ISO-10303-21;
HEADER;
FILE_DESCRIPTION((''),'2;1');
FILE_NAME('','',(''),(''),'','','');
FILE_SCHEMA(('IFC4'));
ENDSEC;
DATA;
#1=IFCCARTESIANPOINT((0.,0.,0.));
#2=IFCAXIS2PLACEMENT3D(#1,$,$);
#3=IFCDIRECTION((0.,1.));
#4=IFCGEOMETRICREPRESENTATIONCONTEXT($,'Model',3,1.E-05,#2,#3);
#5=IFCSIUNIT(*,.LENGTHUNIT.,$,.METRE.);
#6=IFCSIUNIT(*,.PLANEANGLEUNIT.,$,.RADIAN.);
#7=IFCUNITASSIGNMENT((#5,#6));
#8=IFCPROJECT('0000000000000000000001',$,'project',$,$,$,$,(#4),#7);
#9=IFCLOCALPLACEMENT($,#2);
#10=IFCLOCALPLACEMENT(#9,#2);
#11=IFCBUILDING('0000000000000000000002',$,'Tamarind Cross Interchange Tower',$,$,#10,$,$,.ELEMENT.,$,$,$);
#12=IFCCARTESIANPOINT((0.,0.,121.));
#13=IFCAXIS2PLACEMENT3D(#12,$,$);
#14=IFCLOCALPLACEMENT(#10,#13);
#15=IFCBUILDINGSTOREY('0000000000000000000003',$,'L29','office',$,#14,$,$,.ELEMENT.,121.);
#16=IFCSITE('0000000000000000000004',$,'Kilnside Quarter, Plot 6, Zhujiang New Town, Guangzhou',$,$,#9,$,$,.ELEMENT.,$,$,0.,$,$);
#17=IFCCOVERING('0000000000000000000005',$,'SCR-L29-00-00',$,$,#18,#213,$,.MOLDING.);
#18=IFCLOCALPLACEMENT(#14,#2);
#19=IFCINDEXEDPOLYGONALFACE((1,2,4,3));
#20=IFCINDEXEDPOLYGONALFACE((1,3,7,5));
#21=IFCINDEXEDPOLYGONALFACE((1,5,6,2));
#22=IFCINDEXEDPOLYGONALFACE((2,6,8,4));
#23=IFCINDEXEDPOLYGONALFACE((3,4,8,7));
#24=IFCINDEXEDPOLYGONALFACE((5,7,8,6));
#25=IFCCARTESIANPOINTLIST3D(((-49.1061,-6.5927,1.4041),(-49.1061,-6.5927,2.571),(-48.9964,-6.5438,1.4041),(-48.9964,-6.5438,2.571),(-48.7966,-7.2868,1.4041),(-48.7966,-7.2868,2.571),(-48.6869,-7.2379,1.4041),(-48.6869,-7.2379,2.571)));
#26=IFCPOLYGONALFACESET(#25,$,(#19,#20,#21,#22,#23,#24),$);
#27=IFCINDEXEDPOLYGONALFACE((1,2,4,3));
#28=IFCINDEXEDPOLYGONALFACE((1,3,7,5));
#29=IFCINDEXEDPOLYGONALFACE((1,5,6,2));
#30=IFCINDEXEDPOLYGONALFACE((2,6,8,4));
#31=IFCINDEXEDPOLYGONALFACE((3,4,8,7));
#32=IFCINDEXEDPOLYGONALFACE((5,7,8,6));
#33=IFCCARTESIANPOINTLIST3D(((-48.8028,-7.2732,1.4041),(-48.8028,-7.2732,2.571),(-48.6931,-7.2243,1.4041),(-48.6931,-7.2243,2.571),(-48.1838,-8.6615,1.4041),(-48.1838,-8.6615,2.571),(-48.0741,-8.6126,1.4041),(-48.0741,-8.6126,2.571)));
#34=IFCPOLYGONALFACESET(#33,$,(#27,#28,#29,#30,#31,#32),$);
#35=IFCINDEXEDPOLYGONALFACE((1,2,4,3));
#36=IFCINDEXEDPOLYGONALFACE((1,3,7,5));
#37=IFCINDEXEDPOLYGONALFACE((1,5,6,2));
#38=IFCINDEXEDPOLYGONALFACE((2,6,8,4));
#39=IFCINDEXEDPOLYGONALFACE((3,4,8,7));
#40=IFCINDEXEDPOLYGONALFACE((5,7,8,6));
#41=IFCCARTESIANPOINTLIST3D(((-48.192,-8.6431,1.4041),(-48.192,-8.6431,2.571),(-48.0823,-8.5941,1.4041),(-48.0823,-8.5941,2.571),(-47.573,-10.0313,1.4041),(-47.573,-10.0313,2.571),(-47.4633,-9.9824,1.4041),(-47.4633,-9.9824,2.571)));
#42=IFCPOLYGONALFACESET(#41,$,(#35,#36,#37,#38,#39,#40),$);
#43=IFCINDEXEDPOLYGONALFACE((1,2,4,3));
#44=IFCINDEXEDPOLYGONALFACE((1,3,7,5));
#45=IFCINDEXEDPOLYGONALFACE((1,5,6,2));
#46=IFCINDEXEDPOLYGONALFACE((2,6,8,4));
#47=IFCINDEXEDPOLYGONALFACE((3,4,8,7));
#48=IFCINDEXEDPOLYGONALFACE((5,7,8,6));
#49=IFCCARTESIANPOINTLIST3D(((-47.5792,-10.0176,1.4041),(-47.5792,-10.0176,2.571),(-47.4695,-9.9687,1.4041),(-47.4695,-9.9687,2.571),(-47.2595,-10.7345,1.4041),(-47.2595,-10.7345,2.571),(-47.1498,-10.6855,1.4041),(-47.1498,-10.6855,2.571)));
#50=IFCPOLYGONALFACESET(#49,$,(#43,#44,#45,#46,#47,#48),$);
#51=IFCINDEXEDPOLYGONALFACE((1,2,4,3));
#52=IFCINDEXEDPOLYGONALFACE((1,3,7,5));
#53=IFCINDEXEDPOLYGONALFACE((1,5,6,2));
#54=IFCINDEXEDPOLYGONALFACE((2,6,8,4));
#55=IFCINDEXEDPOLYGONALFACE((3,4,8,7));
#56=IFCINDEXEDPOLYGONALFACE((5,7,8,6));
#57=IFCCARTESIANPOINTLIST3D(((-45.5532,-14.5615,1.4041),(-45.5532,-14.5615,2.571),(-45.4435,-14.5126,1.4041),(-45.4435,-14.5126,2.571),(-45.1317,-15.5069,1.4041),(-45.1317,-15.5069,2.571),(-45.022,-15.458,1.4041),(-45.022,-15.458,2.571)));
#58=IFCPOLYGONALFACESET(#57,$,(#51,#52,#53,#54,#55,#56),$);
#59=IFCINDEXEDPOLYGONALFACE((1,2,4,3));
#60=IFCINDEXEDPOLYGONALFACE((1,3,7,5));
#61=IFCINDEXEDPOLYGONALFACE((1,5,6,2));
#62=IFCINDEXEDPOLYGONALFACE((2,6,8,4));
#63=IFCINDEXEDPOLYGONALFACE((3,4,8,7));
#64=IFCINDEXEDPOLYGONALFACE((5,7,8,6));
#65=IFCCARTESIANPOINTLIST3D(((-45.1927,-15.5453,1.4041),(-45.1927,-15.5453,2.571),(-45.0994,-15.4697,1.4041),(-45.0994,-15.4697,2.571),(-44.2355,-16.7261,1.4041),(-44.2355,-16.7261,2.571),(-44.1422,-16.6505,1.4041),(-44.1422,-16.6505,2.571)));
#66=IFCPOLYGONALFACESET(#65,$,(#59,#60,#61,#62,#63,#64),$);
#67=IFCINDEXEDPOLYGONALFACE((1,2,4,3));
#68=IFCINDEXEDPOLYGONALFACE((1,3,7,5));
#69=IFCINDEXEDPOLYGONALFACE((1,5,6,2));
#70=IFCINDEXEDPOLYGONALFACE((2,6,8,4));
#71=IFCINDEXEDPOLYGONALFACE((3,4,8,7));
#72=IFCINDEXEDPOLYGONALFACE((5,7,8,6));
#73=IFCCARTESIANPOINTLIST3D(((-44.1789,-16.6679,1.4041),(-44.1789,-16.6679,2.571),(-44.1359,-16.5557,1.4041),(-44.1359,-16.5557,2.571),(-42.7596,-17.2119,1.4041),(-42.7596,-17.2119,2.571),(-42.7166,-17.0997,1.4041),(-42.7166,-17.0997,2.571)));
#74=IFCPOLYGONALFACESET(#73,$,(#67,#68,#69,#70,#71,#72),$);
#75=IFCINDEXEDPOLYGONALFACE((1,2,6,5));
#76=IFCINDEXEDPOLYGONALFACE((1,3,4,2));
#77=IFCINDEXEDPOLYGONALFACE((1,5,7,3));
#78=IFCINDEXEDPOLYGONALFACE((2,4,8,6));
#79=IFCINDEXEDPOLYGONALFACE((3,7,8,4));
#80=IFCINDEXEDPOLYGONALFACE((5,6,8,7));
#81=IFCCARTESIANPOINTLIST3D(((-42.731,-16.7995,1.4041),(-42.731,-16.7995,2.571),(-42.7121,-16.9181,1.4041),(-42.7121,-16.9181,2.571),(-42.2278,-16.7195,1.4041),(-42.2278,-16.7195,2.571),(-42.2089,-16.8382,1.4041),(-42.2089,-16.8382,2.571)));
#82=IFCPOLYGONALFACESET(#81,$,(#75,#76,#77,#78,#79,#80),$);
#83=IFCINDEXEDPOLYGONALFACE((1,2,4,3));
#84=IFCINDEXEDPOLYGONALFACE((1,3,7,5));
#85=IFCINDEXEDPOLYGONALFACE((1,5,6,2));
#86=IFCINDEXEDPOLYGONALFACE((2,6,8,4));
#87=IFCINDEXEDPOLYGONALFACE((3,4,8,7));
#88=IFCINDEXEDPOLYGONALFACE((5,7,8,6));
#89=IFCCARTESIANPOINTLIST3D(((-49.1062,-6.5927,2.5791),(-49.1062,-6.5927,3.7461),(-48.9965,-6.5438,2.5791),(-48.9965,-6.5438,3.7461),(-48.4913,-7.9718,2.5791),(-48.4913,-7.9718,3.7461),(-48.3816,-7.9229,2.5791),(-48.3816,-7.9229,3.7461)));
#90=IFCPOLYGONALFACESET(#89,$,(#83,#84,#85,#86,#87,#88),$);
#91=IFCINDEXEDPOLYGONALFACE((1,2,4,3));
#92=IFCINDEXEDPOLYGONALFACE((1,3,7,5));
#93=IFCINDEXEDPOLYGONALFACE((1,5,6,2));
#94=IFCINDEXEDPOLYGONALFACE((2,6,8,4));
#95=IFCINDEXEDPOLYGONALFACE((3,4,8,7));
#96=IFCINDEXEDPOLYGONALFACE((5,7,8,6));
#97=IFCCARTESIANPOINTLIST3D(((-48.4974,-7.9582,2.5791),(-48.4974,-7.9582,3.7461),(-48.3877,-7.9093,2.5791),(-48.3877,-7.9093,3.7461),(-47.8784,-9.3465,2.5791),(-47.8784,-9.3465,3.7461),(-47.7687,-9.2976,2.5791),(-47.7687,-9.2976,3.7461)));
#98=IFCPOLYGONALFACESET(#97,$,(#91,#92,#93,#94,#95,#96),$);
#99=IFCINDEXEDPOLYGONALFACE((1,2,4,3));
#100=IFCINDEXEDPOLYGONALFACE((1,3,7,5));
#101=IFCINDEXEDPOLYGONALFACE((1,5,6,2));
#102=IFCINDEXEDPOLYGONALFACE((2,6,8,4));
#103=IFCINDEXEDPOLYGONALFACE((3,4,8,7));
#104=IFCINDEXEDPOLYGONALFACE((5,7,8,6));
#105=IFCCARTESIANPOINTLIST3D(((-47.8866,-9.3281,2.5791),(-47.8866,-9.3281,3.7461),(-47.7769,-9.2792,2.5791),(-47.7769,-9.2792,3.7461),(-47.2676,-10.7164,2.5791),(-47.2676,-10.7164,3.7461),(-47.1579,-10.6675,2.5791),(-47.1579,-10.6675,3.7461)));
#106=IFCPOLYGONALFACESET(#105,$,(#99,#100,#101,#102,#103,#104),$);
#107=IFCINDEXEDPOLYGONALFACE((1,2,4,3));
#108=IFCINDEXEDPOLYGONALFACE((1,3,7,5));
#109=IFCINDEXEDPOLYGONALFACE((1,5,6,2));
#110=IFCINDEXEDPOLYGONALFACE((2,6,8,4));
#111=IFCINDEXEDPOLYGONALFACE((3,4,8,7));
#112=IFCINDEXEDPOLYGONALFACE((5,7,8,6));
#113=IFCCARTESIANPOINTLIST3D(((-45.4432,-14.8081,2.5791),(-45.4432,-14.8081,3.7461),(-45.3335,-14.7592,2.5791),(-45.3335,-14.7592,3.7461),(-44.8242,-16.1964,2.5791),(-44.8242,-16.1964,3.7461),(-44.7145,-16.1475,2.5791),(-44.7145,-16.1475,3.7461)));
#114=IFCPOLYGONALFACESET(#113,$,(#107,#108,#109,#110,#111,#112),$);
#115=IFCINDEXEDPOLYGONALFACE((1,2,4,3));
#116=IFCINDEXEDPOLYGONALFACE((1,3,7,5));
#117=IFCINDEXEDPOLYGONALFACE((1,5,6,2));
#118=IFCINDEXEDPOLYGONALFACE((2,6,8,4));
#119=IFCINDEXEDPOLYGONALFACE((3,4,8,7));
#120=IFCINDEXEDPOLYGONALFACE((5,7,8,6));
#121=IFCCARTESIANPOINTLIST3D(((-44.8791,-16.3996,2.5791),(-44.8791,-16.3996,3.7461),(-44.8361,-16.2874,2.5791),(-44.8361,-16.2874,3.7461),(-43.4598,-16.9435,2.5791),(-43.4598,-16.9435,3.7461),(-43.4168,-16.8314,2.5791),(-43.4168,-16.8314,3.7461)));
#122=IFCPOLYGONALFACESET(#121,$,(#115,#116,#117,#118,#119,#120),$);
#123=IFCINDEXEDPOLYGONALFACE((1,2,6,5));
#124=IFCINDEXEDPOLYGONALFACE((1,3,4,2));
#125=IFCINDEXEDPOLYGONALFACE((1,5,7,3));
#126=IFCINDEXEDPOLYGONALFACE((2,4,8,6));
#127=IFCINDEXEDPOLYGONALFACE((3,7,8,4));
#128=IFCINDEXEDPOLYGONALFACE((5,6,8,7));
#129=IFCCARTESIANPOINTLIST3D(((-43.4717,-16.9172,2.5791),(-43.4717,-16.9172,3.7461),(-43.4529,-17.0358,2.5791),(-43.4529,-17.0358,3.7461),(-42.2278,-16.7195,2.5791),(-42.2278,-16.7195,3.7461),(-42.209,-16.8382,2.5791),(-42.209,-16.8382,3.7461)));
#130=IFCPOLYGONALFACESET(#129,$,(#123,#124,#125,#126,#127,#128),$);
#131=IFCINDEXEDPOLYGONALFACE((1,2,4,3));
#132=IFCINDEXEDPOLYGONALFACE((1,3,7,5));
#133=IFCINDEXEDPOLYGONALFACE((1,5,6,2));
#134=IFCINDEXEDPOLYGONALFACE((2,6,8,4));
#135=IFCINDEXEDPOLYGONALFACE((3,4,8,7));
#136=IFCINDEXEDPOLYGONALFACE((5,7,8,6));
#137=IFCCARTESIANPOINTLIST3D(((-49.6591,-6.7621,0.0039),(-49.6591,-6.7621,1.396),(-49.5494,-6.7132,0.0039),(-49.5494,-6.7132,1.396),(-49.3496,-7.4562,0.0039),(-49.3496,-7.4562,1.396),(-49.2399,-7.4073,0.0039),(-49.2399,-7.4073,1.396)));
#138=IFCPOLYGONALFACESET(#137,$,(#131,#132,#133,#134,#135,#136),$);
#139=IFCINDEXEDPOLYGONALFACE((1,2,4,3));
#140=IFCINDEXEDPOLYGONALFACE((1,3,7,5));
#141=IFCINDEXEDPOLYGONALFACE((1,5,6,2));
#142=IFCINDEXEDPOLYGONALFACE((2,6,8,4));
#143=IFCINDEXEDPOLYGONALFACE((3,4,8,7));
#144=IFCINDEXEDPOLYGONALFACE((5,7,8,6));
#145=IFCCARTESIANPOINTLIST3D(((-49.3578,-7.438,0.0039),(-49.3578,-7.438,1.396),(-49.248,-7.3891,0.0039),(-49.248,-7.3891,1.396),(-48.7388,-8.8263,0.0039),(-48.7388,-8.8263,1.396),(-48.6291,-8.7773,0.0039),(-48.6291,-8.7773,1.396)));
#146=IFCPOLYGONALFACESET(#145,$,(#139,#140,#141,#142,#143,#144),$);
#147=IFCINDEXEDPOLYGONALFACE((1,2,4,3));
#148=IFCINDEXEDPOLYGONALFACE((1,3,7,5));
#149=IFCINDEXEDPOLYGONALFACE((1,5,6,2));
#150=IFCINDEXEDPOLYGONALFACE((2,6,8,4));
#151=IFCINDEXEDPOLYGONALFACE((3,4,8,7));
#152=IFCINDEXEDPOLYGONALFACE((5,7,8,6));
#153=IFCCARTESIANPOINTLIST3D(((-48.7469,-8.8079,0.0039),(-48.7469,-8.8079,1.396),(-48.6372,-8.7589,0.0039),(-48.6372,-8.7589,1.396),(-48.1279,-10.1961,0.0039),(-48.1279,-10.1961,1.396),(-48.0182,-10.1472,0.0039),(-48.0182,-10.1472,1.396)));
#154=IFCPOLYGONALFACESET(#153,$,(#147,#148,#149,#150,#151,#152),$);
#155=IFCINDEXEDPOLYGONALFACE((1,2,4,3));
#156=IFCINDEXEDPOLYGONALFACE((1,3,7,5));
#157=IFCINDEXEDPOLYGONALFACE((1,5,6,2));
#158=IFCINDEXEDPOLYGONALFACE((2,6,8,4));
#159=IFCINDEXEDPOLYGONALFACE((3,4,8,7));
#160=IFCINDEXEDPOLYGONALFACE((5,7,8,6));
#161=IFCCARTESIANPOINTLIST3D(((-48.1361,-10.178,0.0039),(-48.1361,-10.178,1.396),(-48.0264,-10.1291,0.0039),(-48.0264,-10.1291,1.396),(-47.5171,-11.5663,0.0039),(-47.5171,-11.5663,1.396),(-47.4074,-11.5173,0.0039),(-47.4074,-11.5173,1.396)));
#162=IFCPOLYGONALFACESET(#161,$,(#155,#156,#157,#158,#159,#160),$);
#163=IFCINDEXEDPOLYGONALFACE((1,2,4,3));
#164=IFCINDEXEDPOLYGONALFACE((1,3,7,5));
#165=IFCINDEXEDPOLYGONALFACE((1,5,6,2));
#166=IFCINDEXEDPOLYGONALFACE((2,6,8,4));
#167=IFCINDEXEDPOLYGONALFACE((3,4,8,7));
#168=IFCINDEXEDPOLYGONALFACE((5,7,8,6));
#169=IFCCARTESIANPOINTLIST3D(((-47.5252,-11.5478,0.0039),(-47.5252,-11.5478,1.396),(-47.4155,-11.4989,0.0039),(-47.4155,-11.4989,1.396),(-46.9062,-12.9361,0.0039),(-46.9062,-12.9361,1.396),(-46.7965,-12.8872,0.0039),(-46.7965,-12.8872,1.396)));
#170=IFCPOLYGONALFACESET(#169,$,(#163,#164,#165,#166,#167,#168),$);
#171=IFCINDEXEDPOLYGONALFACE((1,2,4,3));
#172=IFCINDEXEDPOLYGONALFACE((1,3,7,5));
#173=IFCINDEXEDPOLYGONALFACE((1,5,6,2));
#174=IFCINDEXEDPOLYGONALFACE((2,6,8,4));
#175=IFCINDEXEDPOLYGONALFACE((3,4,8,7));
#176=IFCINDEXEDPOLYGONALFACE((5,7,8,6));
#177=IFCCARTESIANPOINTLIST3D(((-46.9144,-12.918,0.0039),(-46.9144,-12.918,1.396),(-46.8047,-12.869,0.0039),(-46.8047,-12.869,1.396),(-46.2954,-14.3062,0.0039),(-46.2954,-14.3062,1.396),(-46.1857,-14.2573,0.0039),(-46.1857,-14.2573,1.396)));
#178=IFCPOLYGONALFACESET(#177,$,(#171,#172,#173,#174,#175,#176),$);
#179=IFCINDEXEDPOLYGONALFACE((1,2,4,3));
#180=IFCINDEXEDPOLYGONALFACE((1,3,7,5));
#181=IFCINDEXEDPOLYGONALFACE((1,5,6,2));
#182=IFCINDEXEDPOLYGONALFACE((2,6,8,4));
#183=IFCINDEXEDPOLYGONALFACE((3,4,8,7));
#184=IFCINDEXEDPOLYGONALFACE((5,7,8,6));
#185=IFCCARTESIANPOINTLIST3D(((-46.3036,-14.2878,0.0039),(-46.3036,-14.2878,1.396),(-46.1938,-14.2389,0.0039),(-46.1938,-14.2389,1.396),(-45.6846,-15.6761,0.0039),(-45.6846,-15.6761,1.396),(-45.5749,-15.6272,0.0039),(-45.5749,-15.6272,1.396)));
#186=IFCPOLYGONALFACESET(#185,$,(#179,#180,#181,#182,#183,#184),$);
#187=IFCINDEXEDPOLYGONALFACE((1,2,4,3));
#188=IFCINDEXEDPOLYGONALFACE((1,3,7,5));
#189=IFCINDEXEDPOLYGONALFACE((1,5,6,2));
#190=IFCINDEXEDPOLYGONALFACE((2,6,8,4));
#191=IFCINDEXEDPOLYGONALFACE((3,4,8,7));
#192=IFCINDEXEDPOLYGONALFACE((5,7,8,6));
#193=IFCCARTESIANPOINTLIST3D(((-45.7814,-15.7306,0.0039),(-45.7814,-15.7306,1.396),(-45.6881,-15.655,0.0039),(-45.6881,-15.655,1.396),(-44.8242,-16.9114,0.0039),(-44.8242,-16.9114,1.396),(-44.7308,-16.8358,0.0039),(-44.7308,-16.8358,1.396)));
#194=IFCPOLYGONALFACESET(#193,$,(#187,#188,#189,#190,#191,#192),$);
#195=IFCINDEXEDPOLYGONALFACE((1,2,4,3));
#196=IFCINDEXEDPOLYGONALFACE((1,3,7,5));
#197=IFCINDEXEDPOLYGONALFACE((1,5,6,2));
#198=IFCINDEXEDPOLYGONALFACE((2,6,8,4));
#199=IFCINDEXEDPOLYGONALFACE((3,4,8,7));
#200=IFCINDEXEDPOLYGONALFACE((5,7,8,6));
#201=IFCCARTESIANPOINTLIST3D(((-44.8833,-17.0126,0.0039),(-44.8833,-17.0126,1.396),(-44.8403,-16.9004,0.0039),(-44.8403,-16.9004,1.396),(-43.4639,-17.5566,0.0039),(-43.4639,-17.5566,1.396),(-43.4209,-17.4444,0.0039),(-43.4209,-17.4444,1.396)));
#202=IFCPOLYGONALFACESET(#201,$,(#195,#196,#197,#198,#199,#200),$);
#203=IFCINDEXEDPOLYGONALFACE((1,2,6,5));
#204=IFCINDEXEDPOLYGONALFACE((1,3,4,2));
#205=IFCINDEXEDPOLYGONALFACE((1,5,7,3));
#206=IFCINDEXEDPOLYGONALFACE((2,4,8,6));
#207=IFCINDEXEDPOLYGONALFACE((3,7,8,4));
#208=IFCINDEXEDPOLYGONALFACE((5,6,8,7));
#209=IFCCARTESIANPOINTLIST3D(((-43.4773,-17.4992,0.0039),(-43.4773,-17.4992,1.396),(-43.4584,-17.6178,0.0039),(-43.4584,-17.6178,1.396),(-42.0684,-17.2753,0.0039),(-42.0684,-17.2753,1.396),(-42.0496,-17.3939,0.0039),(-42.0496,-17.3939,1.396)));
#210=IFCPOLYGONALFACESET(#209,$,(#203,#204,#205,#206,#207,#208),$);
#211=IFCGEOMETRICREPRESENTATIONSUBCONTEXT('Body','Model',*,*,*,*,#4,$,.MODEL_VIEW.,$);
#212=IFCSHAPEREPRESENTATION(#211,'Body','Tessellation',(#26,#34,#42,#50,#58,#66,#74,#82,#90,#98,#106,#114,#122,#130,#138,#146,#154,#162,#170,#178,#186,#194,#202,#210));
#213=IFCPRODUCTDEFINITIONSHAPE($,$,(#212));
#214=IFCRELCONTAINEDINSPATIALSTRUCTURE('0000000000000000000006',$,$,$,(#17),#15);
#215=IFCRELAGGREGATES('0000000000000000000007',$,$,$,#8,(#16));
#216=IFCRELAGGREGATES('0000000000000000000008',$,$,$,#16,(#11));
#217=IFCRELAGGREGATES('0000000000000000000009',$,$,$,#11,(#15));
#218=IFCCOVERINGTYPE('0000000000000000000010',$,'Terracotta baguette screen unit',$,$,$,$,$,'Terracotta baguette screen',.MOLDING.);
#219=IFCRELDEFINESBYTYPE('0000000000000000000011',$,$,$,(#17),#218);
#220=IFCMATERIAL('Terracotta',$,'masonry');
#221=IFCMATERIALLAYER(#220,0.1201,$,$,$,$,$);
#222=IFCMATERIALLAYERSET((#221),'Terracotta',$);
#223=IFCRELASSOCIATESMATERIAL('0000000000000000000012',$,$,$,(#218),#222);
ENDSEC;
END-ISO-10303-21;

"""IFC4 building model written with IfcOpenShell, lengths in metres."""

from ifc_helpers import new_model, si_unit, direction, frame, origin, origin_2d, place, context, subcontext, project, spatial, rectangle, extrude, material, layer, layer_set, type_object, element, save


model = new_model("IFC4")

# Units and contexts
model_context = context("Model", 3, precision=1e-05, world=origin(), true_north=direction((0.0, 1.0)))
body_context = subcontext(model_context, "Body", "Model", "MODEL_VIEW")
ifc_project = project(units=[si_unit("LENGTHUNIT", "METRE"), si_unit("PLANEANGLEUNIT", "RADIAN")], contexts=[model_context])

# Site, building, storey
site_placement = place(None, origin())
site = spatial("IfcSite", under=ifc_project, at=site_placement, Name="Kilnside Quarter, Plot 6, Zhujiang New Town, Guangzhou", CompositionType="ELEMENT", RefElevation=0.0)
building_placement = place(site_placement, origin())
building = spatial("IfcBuilding", under=site, at=building_placement, Name="Tamarind Cross Interchange Tower", CompositionType="ELEMENT")
storey_placement = place(building_placement, frame((0.0, 0.0, 121.0)))
storey = spatial("IfcBuildingStorey", under=building, at=storey_placement, Name="L29", Description="office", CompositionType="ELEMENT", Elevation=121.0)

# Covering
ifc_material_1 = material(Name="Terracotta", Category="masonry")
ifc_layer_1 = layer(ifc_material_1, 0.1201)
ifc_layer_set_1 = layer_set([ifc_layer_1], Name="Terracotta")
covering_type = type_object("IfcCoveringType", Name="Terracotta baguette screen unit", ElementType="Terracotta baguette screen", PredefinedType="MOLDING", material=ifc_layer_set_1)
covering_1_placement = place(storey_placement, origin())
element("IfcCovering", 1, at=covering_1_placement, inside=storey, type_object=covering_type, Name="SCR-L29-00-00", PredefinedType="MOLDING", context=body_context, shape_type="SweptSolid", body=[
    extrude(rectangle(XDim=0.76, YDim=0.1201, at=origin_2d()), frame((-48.8965, -6.9153, 1.4041), z_axis=(0.0, 0.0, 1.0), x_axis=(0.407221, -0.91333, 0.0)), (0.0, 0.0, 1.0), 1.167),
    extrude(rectangle(XDim=1.52, YDim=0.1201, at=origin_2d()), frame((-48.4385, -7.9429, 1.4041), z_axis=(0.0, 0.0, 1.0), x_axis=(0.407221, -0.91333, 0.0)), (0.0, 0.0, 1.0), 1.167),
    extrude(rectangle(XDim=1.52, YDim=0.1201, at=origin_2d()), frame((-47.8276, -9.3127, 1.4041), z_axis=(0.0, 0.0, 1.0), x_axis=(0.407221, -0.91333, 0.0)), (0.0, 0.0, 1.0), 1.167),
    extrude(rectangle(XDim=0.7849, YDim=0.1201, at=origin_2d()), frame((-47.3645, -10.3516, 1.4041), z_axis=(0.0, 0.0, 1.0), x_axis=(0.407221, -0.91333, 0.0)), (0.0, 0.0, 1.0), 1.167),
    extrude(rectangle(XDim=1.0352, YDim=0.1201, at=origin_2d()), frame((-45.2876, -15.0098, 1.4041), z_axis=(0.0, 0.0, 1.0), x_axis=(0.407221, -0.91333, 0.0)), (0.0, 0.0, 1.0), 1.167),
    extrude(rectangle(XDim=1.52, YDim=0.1201, at=origin_2d()), frame((-44.6675, -16.0979, 1.4041), z_axis=(0.0, 0.0, 1.0), x_axis=(0.629733, -0.776812, 0.0)), (0.0, 0.0, 1.0), 1.167),
    extrude(rectangle(XDim=1.52, YDim=0.1201, at=origin_2d()), frame((-43.4478, -16.8838, 1.4041), z_axis=(0.0, 0.0, 1.0), x_axis=(0.93377, -0.357873, 0.0)), (0.0, 0.0, 1.0), 1.167),
    extrude(rectangle(XDim=0.5095, YDim=0.1201, at=origin_2d()), frame((-42.47, -16.8188, 1.4041), z_axis=(0.0, 0.0, 1.0), x_axis=(0.987605, 0.156958, 0.0)), (0.0, 0.0, 1.0), 1.167),
    extrude(rectangle(XDim=1.51, YDim=0.1201, at=origin_2d()), frame((-48.7439, -7.2578, 2.5791), z_axis=(0.0, 0.0, 1.0), x_axis=(0.407221, -0.91333, 0.0)), (0.0, 0.0, 1.0), 1.167),
    extrude(rectangle(XDim=1.52, YDim=0.1201, at=origin_2d()), frame((-48.1331, -8.6279, 2.5791), z_axis=(0.0, 0.0, 1.0), x_axis=(0.407221, -0.91333, 0.0)), (0.0, 0.0, 1.0), 1.167),
    extrude(rectangle(XDim=1.52, YDim=0.1201, at=origin_2d()), frame((-47.5222, -9.9978, 2.5791), z_axis=(0.0, 0.0, 1.0), x_axis=(0.407221, -0.91333, 0.0)), (0.0, 0.0, 1.0), 1.167),
    extrude(rectangle(XDim=1.52, YDim=0.1201, at=origin_2d()), frame((-45.0789, -15.4778, 2.5791), z_axis=(0.0, 0.0, 1.0), x_axis=(0.407221, -0.91333, 0.0)), (0.0, 0.0, 1.0), 1.167),
    extrude(rectangle(XDim=1.52, YDim=0.1201, at=origin_2d()), frame((-44.1479, -16.6155, 2.5791), z_axis=(0.0, 0.0, 1.0), x_axis=(0.93377, -0.357873, 0.0)), (0.0, 0.0, 1.0), 1.167),
    extrude(rectangle(XDim=1.2595, YDim=0.1201, at=origin_2d()), frame((-42.8403, -16.8777, 2.5791), z_axis=(0.0, 0.0, 1.0), x_axis=(0.987605, 0.156958, 0.0)), (0.0, 0.0, 1.0), 1.167),
    extrude(rectangle(XDim=0.76, YDim=0.1201, at=origin_2d()), frame((-49.4495, -7.0847, 0.0039), z_axis=(0.0, 0.0, 1.0), x_axis=(0.407221, -0.91333, 0.0)), (0.0, 0.0, 1.0), 1.3921),
    extrude(rectangle(XDim=1.52, YDim=0.1201, at=origin_2d()), frame((-48.9934, -8.1077, 0.0039), z_axis=(0.0, 0.0, 1.0), x_axis=(0.407221, -0.91333, 0.0)), (0.0, 0.0, 1.0), 1.3921),
    extrude(rectangle(XDim=1.52, YDim=0.1201, at=origin_2d()), frame((-48.3826, -9.4775, 0.0039), z_axis=(0.0, 0.0, 1.0), x_axis=(0.407221, -0.91333, 0.0)), (0.0, 0.0, 1.0), 1.3921),
    extrude(rectangle(XDim=1.52, YDim=0.1201, at=origin_2d()), frame((-47.7717, -10.8477, 0.0039), z_axis=(0.0, 0.0, 1.0), x_axis=(0.407221, -0.91333, 0.0)), (0.0, 0.0, 1.0), 1.3921),
    extrude(rectangle(XDim=1.52, YDim=0.1201, at=origin_2d()), frame((-47.1609, -12.2175, 0.0039), z_axis=(0.0, 0.0, 1.0), x_axis=(0.407221, -0.91333, 0.0)), (0.0, 0.0, 1.0), 1.3921),
    extrude(rectangle(XDim=1.52, YDim=0.1201, at=origin_2d()), frame((-46.55, -13.5876, 0.0039), z_axis=(0.0, 0.0, 1.0), x_axis=(0.407221, -0.91333, 0.0)), (0.0, 0.0, 1.0), 1.3921),
    extrude(rectangle(XDim=1.52, YDim=0.1201, at=origin_2d()), frame((-45.9392, -14.9575, 0.0039), z_axis=(0.0, 0.0, 1.0), x_axis=(0.407221, -0.91333, 0.0)), (0.0, 0.0, 1.0), 1.3921),
    extrude(rectangle(XDim=1.52, YDim=0.1201, at=origin_2d()), frame((-45.2561, -16.2832, 0.0039), z_axis=(0.0, 0.0, 1.0), x_axis=(0.629733, -0.776812, 0.0)), (0.0, 0.0, 1.0), 1.3921),
    extrude(rectangle(XDim=1.52, YDim=0.1201, at=origin_2d()), frame((-44.1521, -17.2285, 0.0039), z_axis=(0.0, 0.0, 1.0), x_axis=(0.93377, -0.357873, 0.0)), (0.0, 0.0, 1.0), 1.3921),
    extrude(rectangle(XDim=1.4265, YDim=0.1201, at=origin_2d()), frame((-42.7634, -17.4465, 0.0039), z_axis=(0.0, 0.0, 1.0), x_axis=(0.987605, 0.156958, 0.0)), (0.0, 0.0, 1.0), 1.3921),
])

save(model, "model.ifc")
